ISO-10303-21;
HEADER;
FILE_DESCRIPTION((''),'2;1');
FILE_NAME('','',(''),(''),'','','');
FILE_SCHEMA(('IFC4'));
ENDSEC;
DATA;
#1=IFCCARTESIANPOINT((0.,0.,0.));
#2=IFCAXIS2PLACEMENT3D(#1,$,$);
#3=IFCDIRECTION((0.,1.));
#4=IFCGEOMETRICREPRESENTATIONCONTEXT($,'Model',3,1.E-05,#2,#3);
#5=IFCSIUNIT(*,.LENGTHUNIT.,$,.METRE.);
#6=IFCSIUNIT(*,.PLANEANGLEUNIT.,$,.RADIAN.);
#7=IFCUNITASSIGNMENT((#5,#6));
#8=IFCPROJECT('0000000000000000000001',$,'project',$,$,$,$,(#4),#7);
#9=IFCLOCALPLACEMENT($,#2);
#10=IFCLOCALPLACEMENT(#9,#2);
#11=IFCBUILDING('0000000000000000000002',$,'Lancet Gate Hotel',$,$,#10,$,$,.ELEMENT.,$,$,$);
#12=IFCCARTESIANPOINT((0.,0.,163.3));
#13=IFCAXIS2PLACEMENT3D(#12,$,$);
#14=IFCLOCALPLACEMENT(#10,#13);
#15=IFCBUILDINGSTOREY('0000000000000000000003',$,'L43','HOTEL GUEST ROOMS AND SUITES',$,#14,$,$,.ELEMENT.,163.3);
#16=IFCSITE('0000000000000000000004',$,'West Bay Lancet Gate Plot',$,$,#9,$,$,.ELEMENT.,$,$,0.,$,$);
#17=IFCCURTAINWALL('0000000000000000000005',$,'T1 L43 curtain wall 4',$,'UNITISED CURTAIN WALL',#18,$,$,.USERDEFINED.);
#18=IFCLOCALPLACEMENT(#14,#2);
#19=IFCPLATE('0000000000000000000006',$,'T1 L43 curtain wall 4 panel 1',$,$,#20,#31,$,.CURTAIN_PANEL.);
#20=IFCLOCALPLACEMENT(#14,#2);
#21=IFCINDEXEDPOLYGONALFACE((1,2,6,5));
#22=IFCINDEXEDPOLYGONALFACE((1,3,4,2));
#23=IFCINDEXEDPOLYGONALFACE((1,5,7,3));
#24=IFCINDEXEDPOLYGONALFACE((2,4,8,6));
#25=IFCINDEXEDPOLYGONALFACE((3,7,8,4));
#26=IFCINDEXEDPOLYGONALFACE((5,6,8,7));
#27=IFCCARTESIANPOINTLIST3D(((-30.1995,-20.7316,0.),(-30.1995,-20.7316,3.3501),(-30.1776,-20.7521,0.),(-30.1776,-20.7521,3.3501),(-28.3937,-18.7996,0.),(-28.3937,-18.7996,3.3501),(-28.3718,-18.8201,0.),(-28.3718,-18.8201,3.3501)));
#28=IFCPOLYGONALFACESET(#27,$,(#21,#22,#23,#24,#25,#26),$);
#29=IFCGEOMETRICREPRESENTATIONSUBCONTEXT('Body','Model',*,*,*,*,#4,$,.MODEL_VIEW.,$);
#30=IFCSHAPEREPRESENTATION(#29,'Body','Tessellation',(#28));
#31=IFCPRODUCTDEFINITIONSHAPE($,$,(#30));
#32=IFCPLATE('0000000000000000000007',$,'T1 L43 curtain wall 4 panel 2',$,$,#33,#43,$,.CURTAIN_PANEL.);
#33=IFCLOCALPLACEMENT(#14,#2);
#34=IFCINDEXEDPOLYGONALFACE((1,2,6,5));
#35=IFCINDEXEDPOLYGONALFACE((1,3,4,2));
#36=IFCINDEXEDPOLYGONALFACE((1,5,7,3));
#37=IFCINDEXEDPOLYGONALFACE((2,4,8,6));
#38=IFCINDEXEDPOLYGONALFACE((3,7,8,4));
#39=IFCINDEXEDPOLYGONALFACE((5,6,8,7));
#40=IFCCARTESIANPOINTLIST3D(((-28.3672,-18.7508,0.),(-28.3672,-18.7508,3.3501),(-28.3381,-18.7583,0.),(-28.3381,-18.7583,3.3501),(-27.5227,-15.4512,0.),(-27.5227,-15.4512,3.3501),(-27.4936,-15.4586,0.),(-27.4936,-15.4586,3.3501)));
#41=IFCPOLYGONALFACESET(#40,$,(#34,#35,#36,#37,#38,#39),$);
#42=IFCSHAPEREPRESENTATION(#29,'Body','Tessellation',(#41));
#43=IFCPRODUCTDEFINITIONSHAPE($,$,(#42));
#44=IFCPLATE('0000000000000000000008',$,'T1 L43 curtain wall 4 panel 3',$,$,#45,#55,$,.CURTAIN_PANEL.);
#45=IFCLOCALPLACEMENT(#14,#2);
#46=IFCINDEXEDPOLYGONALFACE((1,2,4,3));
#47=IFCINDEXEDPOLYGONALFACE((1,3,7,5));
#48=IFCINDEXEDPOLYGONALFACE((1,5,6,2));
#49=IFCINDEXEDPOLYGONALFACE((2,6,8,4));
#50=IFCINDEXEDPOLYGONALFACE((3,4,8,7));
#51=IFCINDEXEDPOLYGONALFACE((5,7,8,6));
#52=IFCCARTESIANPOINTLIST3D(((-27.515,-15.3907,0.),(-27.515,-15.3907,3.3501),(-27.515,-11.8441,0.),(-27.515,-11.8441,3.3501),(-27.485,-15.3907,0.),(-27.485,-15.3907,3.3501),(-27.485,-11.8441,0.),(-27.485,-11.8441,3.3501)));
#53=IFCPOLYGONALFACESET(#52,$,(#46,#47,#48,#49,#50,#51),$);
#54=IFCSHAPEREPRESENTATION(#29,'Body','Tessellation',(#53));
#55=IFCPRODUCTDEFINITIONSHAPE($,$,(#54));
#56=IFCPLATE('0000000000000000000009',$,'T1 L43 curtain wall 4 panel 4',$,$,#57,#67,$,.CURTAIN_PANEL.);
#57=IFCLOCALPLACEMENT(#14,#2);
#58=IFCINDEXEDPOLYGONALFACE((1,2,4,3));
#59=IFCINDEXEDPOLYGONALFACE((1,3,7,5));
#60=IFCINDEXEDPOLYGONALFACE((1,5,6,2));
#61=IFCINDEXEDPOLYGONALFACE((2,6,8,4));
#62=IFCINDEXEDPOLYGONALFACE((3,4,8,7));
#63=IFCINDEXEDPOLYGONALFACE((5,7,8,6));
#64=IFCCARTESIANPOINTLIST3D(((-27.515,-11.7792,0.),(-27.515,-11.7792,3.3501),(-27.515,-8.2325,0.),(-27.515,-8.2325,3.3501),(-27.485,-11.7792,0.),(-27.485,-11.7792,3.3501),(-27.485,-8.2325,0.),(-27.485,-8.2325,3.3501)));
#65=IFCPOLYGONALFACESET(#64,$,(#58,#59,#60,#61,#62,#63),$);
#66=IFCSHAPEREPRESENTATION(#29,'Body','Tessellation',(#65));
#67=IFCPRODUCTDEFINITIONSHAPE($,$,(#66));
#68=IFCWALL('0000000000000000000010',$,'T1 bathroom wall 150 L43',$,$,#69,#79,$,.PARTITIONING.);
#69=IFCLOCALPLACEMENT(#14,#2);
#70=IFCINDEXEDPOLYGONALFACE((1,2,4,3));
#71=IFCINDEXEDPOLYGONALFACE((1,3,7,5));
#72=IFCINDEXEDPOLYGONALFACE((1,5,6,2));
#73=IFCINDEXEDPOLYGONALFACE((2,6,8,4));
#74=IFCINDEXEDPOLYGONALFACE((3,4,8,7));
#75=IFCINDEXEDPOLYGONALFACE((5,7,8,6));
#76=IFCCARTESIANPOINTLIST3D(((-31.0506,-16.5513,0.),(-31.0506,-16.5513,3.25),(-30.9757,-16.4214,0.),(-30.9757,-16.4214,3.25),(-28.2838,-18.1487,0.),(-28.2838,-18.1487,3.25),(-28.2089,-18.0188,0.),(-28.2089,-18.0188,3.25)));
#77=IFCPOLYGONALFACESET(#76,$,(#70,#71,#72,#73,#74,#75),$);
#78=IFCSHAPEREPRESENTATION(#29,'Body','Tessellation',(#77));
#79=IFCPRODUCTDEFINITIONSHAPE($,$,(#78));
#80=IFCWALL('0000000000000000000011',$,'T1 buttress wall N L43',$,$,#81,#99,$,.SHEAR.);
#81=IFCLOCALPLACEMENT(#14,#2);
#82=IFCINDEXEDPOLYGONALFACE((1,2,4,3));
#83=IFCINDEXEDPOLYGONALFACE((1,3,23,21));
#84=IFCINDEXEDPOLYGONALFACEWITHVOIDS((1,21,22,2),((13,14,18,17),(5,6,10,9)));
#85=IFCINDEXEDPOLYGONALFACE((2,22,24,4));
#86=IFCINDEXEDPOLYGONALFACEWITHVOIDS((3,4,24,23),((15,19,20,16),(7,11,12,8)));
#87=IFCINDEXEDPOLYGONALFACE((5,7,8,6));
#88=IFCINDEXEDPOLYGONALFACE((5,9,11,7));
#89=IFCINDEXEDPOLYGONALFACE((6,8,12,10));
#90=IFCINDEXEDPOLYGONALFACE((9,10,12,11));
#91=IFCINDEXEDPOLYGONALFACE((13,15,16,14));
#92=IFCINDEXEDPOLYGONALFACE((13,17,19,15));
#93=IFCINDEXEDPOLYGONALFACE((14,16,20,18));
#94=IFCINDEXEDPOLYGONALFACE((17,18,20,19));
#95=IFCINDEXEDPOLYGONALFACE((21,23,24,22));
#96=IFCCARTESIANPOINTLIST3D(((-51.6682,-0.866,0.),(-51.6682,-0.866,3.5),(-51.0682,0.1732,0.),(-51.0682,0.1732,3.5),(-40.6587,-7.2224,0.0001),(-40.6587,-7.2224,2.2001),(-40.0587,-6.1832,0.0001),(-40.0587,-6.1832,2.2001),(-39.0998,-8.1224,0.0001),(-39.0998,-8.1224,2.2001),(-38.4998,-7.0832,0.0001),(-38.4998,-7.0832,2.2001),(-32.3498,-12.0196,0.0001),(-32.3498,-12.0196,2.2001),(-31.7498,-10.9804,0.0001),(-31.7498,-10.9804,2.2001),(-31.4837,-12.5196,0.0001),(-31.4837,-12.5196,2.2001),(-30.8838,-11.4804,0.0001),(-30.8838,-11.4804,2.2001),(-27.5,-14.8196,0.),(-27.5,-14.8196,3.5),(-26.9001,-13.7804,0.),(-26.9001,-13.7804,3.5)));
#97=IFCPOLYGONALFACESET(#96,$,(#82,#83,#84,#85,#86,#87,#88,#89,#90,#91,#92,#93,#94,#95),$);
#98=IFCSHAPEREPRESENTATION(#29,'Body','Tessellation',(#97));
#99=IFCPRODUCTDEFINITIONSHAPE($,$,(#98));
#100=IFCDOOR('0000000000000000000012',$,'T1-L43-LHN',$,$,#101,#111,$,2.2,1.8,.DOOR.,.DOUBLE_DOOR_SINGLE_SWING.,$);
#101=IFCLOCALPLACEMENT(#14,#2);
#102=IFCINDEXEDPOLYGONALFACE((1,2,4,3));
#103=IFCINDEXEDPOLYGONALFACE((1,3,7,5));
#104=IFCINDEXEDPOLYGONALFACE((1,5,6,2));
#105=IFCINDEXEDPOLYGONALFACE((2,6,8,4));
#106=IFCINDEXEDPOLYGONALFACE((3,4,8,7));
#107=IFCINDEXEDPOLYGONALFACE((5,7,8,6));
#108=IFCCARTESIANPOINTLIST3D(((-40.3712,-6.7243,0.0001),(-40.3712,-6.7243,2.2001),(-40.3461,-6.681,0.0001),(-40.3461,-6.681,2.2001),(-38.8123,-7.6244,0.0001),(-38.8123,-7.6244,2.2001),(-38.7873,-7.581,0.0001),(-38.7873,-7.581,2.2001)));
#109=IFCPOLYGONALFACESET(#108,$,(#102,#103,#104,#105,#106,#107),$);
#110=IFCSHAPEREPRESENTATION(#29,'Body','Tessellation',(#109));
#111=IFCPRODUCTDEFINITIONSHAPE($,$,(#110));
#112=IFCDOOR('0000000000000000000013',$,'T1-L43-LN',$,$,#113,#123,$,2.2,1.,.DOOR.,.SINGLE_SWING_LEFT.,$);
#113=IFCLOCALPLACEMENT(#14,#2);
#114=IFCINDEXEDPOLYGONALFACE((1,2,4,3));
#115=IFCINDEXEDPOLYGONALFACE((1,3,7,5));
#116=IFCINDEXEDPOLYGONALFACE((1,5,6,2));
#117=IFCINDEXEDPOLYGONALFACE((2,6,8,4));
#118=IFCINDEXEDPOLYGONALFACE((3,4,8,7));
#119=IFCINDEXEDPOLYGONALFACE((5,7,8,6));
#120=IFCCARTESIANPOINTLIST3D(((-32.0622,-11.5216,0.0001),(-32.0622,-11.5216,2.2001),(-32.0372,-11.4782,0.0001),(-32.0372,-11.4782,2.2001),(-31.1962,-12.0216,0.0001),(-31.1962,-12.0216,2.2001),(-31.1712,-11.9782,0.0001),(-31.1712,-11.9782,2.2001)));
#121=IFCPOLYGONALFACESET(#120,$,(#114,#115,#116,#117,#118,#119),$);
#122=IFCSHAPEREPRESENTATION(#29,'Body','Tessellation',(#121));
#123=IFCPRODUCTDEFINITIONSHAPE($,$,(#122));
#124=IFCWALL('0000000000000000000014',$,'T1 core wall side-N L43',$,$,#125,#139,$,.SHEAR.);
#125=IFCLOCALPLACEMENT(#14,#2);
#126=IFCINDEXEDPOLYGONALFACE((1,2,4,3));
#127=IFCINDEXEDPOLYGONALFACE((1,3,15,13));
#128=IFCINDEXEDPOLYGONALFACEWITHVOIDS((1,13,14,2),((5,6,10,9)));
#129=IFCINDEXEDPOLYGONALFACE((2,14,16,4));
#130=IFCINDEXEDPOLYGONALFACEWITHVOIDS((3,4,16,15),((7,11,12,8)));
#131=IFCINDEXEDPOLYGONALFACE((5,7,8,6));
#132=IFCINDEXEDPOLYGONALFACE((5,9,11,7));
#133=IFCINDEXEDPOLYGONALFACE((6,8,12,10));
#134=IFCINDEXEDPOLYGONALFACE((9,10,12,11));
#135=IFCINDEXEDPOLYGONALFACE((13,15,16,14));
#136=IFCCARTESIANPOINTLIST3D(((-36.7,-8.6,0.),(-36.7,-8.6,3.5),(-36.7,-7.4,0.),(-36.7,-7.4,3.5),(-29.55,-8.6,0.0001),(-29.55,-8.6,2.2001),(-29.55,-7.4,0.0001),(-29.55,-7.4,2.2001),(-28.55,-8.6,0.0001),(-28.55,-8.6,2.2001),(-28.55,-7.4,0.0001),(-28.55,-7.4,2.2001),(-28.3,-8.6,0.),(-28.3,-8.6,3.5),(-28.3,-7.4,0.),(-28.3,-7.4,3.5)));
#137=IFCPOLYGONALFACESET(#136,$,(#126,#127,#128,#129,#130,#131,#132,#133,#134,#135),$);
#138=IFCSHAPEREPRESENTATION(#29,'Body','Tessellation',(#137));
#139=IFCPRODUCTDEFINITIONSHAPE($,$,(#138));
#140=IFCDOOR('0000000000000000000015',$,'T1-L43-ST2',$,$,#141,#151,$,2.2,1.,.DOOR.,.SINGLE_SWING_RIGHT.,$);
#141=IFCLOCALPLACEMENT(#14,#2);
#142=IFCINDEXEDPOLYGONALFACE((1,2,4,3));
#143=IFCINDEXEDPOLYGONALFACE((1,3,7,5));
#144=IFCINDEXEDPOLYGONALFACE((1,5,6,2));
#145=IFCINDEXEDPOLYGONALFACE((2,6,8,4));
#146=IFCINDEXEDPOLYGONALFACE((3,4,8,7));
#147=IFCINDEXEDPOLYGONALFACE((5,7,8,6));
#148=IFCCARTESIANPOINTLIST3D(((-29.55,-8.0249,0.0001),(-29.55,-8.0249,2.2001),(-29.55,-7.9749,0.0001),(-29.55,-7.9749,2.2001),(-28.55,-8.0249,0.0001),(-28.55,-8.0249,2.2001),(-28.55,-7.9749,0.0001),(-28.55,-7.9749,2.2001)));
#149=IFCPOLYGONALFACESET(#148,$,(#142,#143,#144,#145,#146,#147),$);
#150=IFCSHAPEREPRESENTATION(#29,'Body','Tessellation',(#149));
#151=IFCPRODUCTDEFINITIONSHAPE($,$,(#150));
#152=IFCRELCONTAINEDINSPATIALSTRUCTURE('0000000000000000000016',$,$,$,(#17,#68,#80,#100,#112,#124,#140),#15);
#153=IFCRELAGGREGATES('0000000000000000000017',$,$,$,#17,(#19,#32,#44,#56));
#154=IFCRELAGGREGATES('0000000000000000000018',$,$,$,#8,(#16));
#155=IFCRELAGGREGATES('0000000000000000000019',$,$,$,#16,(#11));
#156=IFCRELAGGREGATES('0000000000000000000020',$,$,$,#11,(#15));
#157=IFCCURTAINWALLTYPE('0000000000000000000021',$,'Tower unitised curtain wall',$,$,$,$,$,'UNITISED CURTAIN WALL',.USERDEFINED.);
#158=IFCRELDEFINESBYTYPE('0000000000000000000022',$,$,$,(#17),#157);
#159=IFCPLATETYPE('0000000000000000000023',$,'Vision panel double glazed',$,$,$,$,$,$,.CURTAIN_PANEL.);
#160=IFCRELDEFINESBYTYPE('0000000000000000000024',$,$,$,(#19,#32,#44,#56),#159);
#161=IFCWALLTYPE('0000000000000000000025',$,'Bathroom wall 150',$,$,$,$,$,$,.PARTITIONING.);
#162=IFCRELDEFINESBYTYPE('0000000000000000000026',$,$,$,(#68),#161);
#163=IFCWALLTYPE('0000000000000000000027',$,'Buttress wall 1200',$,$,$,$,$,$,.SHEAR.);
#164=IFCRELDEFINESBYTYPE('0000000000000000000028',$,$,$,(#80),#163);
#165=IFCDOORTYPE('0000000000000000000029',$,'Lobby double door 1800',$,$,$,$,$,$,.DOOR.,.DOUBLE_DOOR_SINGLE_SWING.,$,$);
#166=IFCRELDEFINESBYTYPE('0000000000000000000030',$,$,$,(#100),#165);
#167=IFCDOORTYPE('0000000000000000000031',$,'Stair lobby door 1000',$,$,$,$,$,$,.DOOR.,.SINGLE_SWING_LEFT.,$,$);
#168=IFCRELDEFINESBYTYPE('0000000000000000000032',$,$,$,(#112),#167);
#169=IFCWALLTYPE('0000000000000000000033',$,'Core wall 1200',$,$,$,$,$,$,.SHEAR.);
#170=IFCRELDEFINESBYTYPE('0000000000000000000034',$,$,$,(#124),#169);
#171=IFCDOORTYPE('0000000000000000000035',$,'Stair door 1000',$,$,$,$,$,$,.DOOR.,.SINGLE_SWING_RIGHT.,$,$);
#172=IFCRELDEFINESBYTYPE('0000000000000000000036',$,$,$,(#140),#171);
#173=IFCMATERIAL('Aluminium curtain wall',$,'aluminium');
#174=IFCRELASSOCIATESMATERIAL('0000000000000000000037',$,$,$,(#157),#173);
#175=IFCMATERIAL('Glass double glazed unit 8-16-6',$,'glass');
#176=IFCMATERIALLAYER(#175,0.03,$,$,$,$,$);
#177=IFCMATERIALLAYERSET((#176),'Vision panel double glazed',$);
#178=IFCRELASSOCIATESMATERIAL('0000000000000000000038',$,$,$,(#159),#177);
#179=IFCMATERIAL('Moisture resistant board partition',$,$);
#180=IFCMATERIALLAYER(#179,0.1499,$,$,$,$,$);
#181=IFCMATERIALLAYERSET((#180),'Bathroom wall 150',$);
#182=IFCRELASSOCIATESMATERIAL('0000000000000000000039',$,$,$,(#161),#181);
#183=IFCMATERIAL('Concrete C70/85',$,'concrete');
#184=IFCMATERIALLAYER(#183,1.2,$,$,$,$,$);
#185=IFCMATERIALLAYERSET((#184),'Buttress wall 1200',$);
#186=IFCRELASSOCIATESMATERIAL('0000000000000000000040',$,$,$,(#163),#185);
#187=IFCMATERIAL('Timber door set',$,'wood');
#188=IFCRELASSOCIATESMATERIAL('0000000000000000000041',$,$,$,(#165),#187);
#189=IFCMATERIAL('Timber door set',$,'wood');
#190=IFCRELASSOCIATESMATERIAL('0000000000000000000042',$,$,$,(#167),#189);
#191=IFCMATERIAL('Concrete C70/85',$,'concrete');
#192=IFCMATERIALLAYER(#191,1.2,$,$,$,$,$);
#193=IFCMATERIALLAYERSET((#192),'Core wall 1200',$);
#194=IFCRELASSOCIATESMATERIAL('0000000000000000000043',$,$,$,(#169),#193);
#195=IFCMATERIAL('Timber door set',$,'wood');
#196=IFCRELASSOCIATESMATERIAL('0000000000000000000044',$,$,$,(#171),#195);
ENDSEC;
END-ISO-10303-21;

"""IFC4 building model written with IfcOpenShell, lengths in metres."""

from ifc_helpers import new_model, si_unit, direction, frame, frame_2d, origin, origin_2d, place, context, subcontext, project, spatial, rectangle, extrude, material, layer, layer_set, type_object, element, fill, aggregate, save


model = new_model("IFC4")

# Units and contexts
model_context = context("Model", 3, precision=1e-05, world=origin(), true_north=direction((0.0, 1.0)))
body_context = subcontext(model_context, "Body", "Model", "MODEL_VIEW")
ifc_project = project(units=[si_unit("LENGTHUNIT", "METRE"), si_unit("PLANEANGLEUNIT", "RADIAN")], contexts=[model_context])

# Site, building, storey
site_placement = place(None, origin())
site = spatial("IfcSite", under=ifc_project, at=site_placement, Name="West Bay Lancet Gate Plot", CompositionType="ELEMENT", RefElevation=0.0)
building_placement = place(site_placement, origin())
building = spatial("IfcBuilding", under=site, at=building_placement, Name="Lancet Gate Hotel", CompositionType="ELEMENT")
storey_placement = place(building_placement, frame((0.0, 0.0, 163.3)))
storey = spatial("IfcBuildingStorey", under=building, at=storey_placement, Name="L43", Description="HOTEL GUEST ROOMS AND SUITES", CompositionType="ELEMENT", Elevation=163.3)

# Curtain wall
ifc_material_1 = material(Name="Aluminium curtain wall", Category="aluminium")
curtain_wall_type = type_object("IfcCurtainWallType", Name="Tower unitised curtain wall", ElementType="UNITISED CURTAIN WALL", PredefinedType="USERDEFINED", material=ifc_material_1)
curtain_wall_placement = place(storey_placement, origin())
curtain_wall = element("IfcCurtainWall", 1, at=curtain_wall_placement, inside=storey, type_object=curtain_wall_type, Name="T1 L43 curtain wall 4", ObjectType="UNITISED CURTAIN WALL", PredefinedType="USERDEFINED")

# Plates
ifc_material_2 = material(Name="Glass double glazed unit 8-16-6", Category="glass")
ifc_layer_1 = layer(ifc_material_2, 0.03)
ifc_layer_set_1 = layer_set([ifc_layer_1], Name="Vision panel double glazed")
plate_type = type_object("IfcPlateType", Name="Vision panel double glazed", PredefinedType="CURTAIN_PANEL", material=ifc_layer_set_1)
plate_1_placement = place(storey_placement, frame((-29.2856, -19.7759, 0.0), z_axis=(0.0, 0.0, 1.0), x_axis=(0.682845, 0.730563, 0.0)))
plate_1 = element("IfcPlate", 2, at=plate_1_placement, type_object=plate_type, Name="T1 L43 curtain wall 4 panel 1", PredefinedType="CURTAIN_PANEL", context=body_context, shape_type="SweptSolid", body=[
    extrude(rectangle(XDim=2.6445, YDim=0.03, at=origin_2d()), origin(), (0.0, 0.0, 1.0), 3.3501),
])
plate_2_placement = place(storey_placement, frame((-27.9304, -17.1047, 0.0), z_axis=(0.0, 0.0, 1.0), x_axis=(0.247937, 0.968776, 0.0)))
plate_2 = element("IfcPlate", 3, at=plate_2_placement, type_object=plate_type, Name="T1 L43 curtain wall 4 panel 2", PredefinedType="CURTAIN_PANEL", context=body_context, shape_type="SweptSolid", body=[
    extrude(rectangle(XDim=3.406, YDim=0.03, at=origin_2d()), origin(), (0.0, 0.0, 1.0), 3.3501),
])
plate_3_placement = place(storey_placement, frame((-27.5, -13.6174, 0.0), z_axis=(0.0, 0.0, 1.0), x_axis=(0.0, 1.0, 0.0)))
plate_3 = element("IfcPlate", 4, at=plate_3_placement, type_object=plate_type, Name="T1 L43 curtain wall 4 panel 3", PredefinedType="CURTAIN_PANEL", context=body_context, shape_type="SweptSolid", body=[
    extrude(rectangle(XDim=3.5466, YDim=0.03, at=origin_2d()), origin(), (0.0, 0.0, 1.0), 3.3501),
])
plate_4_placement = place(storey_placement, frame((-27.5, -10.0059, 0.0), z_axis=(0.0, 0.0, 1.0), x_axis=(0.0, 1.0, 0.0)))
plate_4 = element("IfcPlate", 5, at=plate_4_placement, type_object=plate_type, Name="T1 L43 curtain wall 4 panel 4", PredefinedType="CURTAIN_PANEL", context=body_context, shape_type="SweptSolid", body=[
    extrude(rectangle(XDim=3.5466, YDim=0.03, at=origin_2d()), origin(), (0.0, 0.0, 1.0), 3.3501),
])
aggregate(curtain_wall, [plate_1, plate_2, plate_3, plate_4])

# Wall
ifc_material_3 = material(Name="Moisture resistant board partition")
ifc_layer_2 = layer(ifc_material_3, 0.1499)
ifc_layer_set_2 = layer_set([ifc_layer_2], Name="Bathroom wall 150")
wall_type_1 = type_object("IfcWallType", Name="Bathroom wall 150", PredefinedType="PARTITIONING", material=ifc_layer_set_2)
wall_1_placement = place(storey_placement, frame((-28.2463, -18.0837, 0.0), z_axis=(0.0, 0.0, 1.0), x_axis=(-0.866029, 0.499994, 0.0)))
element("IfcWall", 6, at=wall_1_placement, inside=storey, type_object=wall_type_1, Name="T1 bathroom wall 150 L43", PredefinedType="PARTITIONING", context=body_context, shape_type="SweptSolid", body=[
    extrude(rectangle(XDim=3.1948, YDim=0.1499, at=frame_2d((1.5974, 0.0))), origin(), (0.0, 0.0, 1.0), 3.25),
])

# Wall, openings, doors
ifc_material_4 = material(Name="Concrete C70/85", Category="concrete")
ifc_layer_3 = layer(ifc_material_4, 1.2)
ifc_layer_set_3 = layer_set([ifc_layer_3], Name="Buttress wall 1200")
wall_type_2 = type_object("IfcWallType", Name="Buttress wall 1200", PredefinedType="SHEAR", material=ifc_layer_set_3)
wall_2_placement = place(storey_placement, frame((-27.2, -14.3, 0.0), z_axis=(0.0, 0.0, 1.0), x_axis=(-0.866024, 0.500002, 0.0)))
wall_2 = element("IfcWall", 7, at=wall_2_placement, inside=storey, type_object=wall_type_2, Name="T1 buttress wall N L43", PredefinedType="SHEAR", context=body_context, shape_type="SweptSolid", body=[
    extrude(rectangle(XDim=27.907, YDim=1.2, at=frame_2d((13.9536, 0.0))), origin(), (0.0, 0.0, 1.0), 3.5),
])
opening_1_placement = place(wall_2_placement, frame((4.6001, 0.0, 0.0)))
opening_1 = element("IfcOpeningElement", 8, at=opening_1_placement, cuts=wall_2, PredefinedType="OPENING", context=body_context, shape_type="SweptSolid", body=[
    extrude(rectangle(XDim=1.0, YDim=2.2, at=frame_2d((0.5, 1.1001))), frame((0.0, 0.6099, 0.0), z_axis=(0.0, -1.0, 0.0), x_axis=(1.0, 0.0, 0.0)), (0.0, 0.0, 1.0), 1.22),
])
opening_2_placement = place(wall_2_placement, frame((13.3945, 0.0, 0.0)))
opening_2 = element("IfcOpeningElement", 9, at=opening_2_placement, cuts=wall_2, PredefinedType="OPENING", context=body_context, shape_type="SweptSolid", body=[
    extrude(rectangle(XDim=1.8, YDim=2.2, at=frame_2d((0.8999, 1.1001))), frame((0.0, 0.6099, 0.0), z_axis=(0.0, -1.0, 0.0), x_axis=(1.0, 0.0, 0.0)), (0.0, 0.0, 1.0), 1.22),
])
ifc_material_5 = material(Name="Timber door set", Category="wood")
door_type_1 = type_object("IfcDoorType", Name="Lobby double door 1800", OperationType="DOUBLE_DOOR_SINGLE_SWING", PredefinedType="DOOR", material=ifc_material_5)
door_1_placement = place(opening_2_placement, origin())
door_1 = element("IfcDoor", 10, at=door_1_placement, inside=storey, type_object=door_type_1, Name="T1-L43-LHN", OperationType="DOUBLE_DOOR_SINGLE_SWING", OverallHeight=2.2, OverallWidth=1.8, PredefinedType="DOOR", context=body_context, shape_type="SweptSolid", body=[
    extrude(rectangle(XDim=1.8, YDim=2.2, at=frame_2d((0.8999, 1.1001))), frame((0.0, 0.0249, 0.0), z_axis=(0.0, -1.0, 0.0), x_axis=(1.0, 0.0, 0.0)), (0.0, 0.0, 1.0), 0.05),
])
fill(opening_2, door_1)
ifc_material_6 = material(Name="Timber door set", Category="wood")
door_type_2 = type_object("IfcDoorType", Name="Stair lobby door 1000", OperationType="SINGLE_SWING_LEFT", PredefinedType="DOOR", material=ifc_material_6)
door_2_placement = place(opening_1_placement, origin())
door_2 = element("IfcDoor", 11, at=door_2_placement, inside=storey, type_object=door_type_2, Name="T1-L43-LN", OperationType="SINGLE_SWING_LEFT", OverallHeight=2.2, OverallWidth=1.0, PredefinedType="DOOR", context=body_context, shape_type="SweptSolid", body=[
    extrude(rectangle(XDim=1.0, YDim=2.2, at=frame_2d((0.5, 1.1001))), frame((0.0, 0.0249, 0.0), z_axis=(0.0, -1.0, 0.0), x_axis=(1.0, 0.0, 0.0)), (0.0, 0.0, 1.0), 0.05),
])
fill(opening_1, door_2)

# Wall, opening, door
ifc_material_7 = material(Name="Concrete C70/85", Category="concrete")
ifc_layer_4 = layer(ifc_material_7, 1.2)
ifc_layer_set_4 = layer_set([ifc_layer_4], Name="Core wall 1200")
wall_type_3 = type_object("IfcWallType", Name="Core wall 1200", PredefinedType="SHEAR", material=ifc_layer_set_4)
wall_3_placement = place(storey_placement, frame((-28.3, -8.0, 0.0), z_axis=(0.0, 0.0, 1.0), x_axis=(-1.0, 0.0, 0.0)))
wall_3 = element("IfcWall", 12, at=wall_3_placement, inside=storey, type_object=wall_type_3, Name="T1 core wall side-N L43", PredefinedType="SHEAR", context=body_context, shape_type="SweptSolid", body=[
    extrude(rectangle(XDim=8.3999, YDim=1.2, at=frame_2d((4.2, 0.0))), origin(), (0.0, 0.0, 1.0), 3.5),
])
opening_3_placement = place(wall_3_placement, frame((0.25, 0.0, 0.0)))
opening_3 = element("IfcOpeningElement", 13, at=opening_3_placement, cuts=wall_3, PredefinedType="OPENING", context=body_context, shape_type="SweptSolid", body=[
    extrude(rectangle(XDim=1.0, YDim=2.2, at=frame_2d((0.5, 1.1001))), frame((0.0, 0.6099, 0.0), z_axis=(0.0, -1.0, 0.0), x_axis=(1.0, 0.0, 0.0)), (0.0, 0.0, 1.0), 1.22),
])
ifc_material_8 = material(Name="Timber door set", Category="wood")
door_type_3 = type_object("IfcDoorType", Name="Stair door 1000", OperationType="SINGLE_SWING_RIGHT", PredefinedType="DOOR", material=ifc_material_8)
door_3_placement = place(opening_3_placement, origin())
door_3 = element("IfcDoor", 14, at=door_3_placement, inside=storey, type_object=door_type_3, Name="T1-L43-ST2", OperationType="SINGLE_SWING_RIGHT", OverallHeight=2.2, OverallWidth=1.0, PredefinedType="DOOR", context=body_context, shape_type="SweptSolid", body=[
    extrude(rectangle(XDim=1.0, YDim=2.2, at=frame_2d((0.5, 1.1001))), frame((0.0, 0.0249, 0.0), z_axis=(0.0, -1.0, 0.0), x_axis=(1.0, 0.0, 0.0)), (0.0, 0.0, 1.0), 0.05),
])
fill(opening_3, door_3)

save(model, "model.ifc")
